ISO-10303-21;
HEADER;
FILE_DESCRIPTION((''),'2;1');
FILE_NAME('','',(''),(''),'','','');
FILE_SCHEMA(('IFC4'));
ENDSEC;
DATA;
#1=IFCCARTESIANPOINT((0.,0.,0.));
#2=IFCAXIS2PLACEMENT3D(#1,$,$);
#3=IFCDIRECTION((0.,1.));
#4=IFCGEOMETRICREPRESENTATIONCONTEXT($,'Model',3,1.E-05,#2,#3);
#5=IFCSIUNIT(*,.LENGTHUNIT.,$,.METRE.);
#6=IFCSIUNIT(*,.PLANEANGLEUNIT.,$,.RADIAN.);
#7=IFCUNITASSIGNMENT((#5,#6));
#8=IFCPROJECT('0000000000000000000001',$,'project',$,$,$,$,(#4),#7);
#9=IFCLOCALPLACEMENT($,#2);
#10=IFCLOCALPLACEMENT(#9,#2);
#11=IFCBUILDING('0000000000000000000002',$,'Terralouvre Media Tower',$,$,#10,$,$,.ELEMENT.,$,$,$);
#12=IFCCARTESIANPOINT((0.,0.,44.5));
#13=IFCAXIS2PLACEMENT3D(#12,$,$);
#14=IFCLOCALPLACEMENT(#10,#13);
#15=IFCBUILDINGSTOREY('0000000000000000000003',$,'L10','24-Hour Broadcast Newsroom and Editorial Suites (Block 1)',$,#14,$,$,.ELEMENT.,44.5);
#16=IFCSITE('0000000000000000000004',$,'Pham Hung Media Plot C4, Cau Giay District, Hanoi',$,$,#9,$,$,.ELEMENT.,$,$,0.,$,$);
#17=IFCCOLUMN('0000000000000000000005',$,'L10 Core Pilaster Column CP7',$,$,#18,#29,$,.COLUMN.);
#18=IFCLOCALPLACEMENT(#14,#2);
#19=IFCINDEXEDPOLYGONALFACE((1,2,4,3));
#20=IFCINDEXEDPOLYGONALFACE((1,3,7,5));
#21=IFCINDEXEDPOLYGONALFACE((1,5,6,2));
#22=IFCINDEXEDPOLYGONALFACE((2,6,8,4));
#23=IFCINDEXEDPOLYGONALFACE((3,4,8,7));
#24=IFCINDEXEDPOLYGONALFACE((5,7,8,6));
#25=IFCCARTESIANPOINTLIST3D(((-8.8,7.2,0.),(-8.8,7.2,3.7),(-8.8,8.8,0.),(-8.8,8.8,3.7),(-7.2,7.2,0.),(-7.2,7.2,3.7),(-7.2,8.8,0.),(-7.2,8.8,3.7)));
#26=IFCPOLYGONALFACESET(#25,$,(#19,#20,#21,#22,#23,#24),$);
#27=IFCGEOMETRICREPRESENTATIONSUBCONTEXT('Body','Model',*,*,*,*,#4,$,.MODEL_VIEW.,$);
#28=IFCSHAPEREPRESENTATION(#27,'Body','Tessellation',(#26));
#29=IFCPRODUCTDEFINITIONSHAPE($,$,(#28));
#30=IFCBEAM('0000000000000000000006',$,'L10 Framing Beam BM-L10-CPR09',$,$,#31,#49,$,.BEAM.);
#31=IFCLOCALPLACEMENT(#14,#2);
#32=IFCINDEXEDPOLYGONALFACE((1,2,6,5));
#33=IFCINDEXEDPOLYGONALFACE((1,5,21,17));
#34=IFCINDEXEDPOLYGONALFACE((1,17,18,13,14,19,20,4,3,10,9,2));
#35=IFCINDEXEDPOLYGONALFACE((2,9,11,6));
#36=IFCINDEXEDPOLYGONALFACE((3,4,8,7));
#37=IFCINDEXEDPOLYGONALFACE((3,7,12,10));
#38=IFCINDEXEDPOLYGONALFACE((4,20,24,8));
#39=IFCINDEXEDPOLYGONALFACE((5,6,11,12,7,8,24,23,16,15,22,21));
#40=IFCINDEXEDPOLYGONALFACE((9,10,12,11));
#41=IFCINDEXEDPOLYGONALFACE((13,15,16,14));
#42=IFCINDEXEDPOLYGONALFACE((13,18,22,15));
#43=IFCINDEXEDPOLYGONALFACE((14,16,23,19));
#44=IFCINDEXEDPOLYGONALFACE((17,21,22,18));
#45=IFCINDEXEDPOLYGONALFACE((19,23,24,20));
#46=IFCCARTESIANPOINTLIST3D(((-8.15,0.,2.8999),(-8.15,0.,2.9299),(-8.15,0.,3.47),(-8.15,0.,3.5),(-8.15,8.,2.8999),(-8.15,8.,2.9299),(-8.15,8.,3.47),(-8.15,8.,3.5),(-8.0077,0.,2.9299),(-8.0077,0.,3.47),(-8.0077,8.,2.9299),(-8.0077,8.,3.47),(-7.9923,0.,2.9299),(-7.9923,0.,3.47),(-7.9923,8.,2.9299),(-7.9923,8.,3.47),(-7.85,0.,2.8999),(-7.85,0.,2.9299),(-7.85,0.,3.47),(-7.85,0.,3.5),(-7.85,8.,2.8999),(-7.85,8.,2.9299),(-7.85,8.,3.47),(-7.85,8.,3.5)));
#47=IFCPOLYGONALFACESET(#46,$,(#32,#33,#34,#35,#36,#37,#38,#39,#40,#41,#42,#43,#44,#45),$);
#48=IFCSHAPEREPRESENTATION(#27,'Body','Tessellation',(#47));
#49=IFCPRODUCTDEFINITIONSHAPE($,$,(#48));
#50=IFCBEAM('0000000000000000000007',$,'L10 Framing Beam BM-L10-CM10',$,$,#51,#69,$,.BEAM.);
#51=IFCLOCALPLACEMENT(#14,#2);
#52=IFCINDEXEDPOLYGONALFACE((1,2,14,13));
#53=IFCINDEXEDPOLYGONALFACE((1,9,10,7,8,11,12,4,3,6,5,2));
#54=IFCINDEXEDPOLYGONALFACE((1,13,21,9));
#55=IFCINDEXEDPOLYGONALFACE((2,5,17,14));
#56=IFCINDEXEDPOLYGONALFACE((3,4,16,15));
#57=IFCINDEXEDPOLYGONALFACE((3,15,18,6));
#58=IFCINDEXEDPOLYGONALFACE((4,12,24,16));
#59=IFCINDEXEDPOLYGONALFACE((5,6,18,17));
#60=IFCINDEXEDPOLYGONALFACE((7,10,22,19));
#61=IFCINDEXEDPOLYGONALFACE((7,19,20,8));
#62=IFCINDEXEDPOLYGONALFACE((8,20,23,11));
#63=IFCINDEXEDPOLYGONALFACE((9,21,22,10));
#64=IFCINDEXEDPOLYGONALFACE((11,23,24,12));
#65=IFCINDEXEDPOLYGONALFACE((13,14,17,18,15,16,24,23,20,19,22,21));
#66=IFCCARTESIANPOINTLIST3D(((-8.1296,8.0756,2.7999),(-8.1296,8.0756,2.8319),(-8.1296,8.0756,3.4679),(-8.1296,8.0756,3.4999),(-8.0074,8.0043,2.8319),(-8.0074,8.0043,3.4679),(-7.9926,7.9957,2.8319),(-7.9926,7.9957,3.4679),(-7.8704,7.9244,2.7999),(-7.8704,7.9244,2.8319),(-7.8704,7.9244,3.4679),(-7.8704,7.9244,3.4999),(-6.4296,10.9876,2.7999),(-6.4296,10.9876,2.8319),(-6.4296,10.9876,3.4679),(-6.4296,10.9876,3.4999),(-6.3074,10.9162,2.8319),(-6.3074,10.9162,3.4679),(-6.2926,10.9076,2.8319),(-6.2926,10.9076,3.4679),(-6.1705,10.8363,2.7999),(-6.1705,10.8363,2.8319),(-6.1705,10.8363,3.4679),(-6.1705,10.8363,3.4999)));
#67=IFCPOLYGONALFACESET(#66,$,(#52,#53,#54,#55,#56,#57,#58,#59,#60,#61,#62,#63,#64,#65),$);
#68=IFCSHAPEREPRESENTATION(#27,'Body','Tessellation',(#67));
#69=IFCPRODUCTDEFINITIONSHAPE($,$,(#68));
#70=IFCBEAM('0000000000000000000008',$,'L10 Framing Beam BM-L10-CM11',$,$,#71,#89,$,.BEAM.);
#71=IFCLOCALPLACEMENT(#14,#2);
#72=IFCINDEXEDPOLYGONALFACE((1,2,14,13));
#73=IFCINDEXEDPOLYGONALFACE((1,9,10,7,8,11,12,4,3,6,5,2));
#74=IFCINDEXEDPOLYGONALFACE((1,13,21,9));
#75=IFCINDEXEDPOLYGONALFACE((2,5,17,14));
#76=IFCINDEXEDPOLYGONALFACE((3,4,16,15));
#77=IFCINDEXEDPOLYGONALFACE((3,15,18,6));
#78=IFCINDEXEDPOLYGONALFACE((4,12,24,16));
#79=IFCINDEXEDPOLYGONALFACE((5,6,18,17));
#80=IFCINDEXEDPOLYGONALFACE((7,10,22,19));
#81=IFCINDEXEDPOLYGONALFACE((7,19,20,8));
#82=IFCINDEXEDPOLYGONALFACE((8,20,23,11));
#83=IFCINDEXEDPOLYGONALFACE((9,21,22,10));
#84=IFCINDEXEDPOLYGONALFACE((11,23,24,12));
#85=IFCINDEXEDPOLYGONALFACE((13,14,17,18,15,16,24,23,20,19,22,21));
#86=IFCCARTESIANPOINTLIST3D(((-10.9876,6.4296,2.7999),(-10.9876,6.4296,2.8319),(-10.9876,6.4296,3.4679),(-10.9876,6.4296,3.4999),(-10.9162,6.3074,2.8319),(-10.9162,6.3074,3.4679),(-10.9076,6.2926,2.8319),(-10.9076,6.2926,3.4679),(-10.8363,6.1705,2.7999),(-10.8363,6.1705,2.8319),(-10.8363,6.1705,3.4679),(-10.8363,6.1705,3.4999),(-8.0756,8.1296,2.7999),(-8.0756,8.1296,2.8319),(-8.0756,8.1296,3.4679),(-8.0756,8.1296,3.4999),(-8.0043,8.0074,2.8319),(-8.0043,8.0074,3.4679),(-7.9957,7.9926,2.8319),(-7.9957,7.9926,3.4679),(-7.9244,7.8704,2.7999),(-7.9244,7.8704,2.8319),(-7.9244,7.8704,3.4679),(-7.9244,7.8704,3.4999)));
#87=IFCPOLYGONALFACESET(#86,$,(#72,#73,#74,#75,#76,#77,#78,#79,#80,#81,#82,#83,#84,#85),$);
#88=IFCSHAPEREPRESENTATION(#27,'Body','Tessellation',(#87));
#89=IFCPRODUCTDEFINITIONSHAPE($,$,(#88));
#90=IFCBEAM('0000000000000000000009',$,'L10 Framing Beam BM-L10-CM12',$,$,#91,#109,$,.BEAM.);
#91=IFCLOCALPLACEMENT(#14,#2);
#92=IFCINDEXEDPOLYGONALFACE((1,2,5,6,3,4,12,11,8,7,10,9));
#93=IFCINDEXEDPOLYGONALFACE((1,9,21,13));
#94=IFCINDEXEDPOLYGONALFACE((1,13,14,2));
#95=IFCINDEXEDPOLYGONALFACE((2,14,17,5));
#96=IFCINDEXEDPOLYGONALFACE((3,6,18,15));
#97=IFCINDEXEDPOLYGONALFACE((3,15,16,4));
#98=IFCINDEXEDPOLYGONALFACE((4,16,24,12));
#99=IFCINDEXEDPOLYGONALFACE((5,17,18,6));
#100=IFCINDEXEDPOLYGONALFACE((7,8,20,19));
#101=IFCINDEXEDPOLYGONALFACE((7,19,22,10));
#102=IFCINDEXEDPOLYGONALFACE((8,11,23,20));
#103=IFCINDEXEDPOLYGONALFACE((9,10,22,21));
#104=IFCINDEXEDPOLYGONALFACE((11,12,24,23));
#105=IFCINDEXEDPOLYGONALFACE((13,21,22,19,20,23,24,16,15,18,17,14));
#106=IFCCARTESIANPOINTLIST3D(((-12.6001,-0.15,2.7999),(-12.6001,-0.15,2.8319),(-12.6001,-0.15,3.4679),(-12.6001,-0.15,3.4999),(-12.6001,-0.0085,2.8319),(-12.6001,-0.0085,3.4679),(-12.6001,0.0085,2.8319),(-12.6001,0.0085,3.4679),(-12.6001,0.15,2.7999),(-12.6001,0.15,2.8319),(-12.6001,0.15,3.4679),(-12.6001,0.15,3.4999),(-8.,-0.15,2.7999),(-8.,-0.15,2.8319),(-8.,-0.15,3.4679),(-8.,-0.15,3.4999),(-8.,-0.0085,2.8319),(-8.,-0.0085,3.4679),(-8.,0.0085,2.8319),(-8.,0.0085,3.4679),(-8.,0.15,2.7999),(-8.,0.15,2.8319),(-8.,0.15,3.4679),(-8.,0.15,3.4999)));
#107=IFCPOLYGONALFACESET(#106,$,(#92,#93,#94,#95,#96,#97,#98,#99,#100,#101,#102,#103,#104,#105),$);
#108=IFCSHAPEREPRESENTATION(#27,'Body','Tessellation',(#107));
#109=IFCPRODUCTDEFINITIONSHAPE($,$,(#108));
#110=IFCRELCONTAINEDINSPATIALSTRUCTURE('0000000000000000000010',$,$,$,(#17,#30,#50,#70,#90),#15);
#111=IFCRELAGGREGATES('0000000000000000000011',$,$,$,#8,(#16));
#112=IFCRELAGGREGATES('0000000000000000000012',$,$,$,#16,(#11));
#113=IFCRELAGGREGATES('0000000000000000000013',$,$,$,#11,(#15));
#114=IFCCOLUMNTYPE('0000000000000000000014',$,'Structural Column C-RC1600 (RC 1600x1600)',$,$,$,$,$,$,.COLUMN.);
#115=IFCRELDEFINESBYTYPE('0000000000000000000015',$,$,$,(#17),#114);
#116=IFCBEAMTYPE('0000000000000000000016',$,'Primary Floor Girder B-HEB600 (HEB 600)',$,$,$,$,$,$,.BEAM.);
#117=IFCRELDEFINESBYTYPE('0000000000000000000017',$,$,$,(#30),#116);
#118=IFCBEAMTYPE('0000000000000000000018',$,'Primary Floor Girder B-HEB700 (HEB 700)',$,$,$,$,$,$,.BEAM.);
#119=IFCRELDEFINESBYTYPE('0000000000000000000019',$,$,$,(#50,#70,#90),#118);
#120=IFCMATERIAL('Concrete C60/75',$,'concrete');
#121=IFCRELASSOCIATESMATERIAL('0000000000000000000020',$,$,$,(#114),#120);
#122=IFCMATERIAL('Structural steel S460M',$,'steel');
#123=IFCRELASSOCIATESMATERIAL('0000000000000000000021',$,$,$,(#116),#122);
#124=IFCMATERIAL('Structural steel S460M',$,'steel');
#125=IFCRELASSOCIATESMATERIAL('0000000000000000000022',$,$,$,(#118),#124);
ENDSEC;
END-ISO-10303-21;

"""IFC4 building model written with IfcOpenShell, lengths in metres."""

from ifc_helpers import new_model, si_unit, direction, frame, origin, origin_2d, place, context, subcontext, project, spatial, rectangle, i_section, extrude, material, material_profile, profile_set, type_object, element, save


model = new_model("IFC4")

# Units and contexts
model_context = context("Model", 3, precision=1e-05, world=origin(), true_north=direction((0.0, 1.0)))
body_context = subcontext(model_context, "Body", "Model", "MODEL_VIEW")
ifc_project = project(units=[si_unit("LENGTHUNIT", "METRE"), si_unit("PLANEANGLEUNIT", "RADIAN")], contexts=[model_context])

# Site, building, storey
site_placement = place(None, origin())
site = spatial("IfcSite", under=ifc_project, at=site_placement, Name="Pham Hung Media Plot C4, Cau Giay District, Hanoi", CompositionType="ELEMENT", RefElevation=0.0)
building_placement = place(site_placement, origin())
building = spatial("IfcBuilding", under=site, at=building_placement, Name="Terralouvre Media Tower", CompositionType="ELEMENT")
storey_placement = place(building_placement, frame((0.0, 0.0, 44.5)))
storey = spatial("IfcBuildingStorey", under=building, at=storey_placement, Name="L10", Description="24-Hour Broadcast Newsroom and Editorial Suites (Block 1)", CompositionType="ELEMENT", Elevation=44.5)

# Column
ifc_material_1 = material(Name="Concrete C60/75", Category="concrete")
ifc_material_profile_1 = material_profile(ifc_material_1, rectangle(XDim=1.6001, YDim=1.6001, at=origin_2d()), Name="RC 1600x1600")
ifc_profile_set_1 = profile_set([ifc_material_profile_1], Name="Concrete C60/75")
column_type = type_object("IfcColumnType", Name="Structural Column C-RC1600 (RC 1600x1600)", PredefinedType="COLUMN", material=ifc_profile_set_1)
column_placement = place(storey_placement, frame((-8.0, 8.0, 0.0), z_axis=(0.0, 0.0, 1.0), x_axis=(1.0, 0.0, 0.0)))
element("IfcColumn", 1, at=column_placement, inside=storey, type_object=column_type, Name="L10 Core Pilaster Column CP7", PredefinedType="COLUMN", context=body_context, shape_type="SweptSolid", body=[
    extrude(rectangle(XDim=1.6001, YDim=1.6001, at=origin_2d()), origin(), (0.0, 0.0, 1.0), 3.7),
])

# Beams
ifc_material_2 = material(Name="Structural steel S460M", Category="steel")
ifc_material_profile_2 = material_profile(ifc_material_2, i_section(OverallWidth=0.3, OverallDepth=0.6001, WebThickness=0.0154, FlangeThickness=0.03, at=origin_2d()), Name="HEB 600")
ifc_profile_set_2 = profile_set([ifc_material_profile_2], Name="Structural steel S460M")
beam_type_1 = type_object("IfcBeamType", Name="Primary Floor Girder B-HEB600 (HEB 600)", PredefinedType="BEAM", material=ifc_profile_set_2)
beam_1_placement = place(storey_placement, frame((-8.0, 8.0, 3.2), z_axis=(0.0, -1.0, 0.0), x_axis=(1.0, 0.0, 0.0)))
element("IfcBeam", 2, at=beam_1_placement, inside=storey, type_object=beam_type_1, Name="L10 Framing Beam BM-L10-CPR09", PredefinedType="BEAM", context=body_context, shape_type="SweptSolid", body=[
    extrude(i_section(OverallWidth=0.3, OverallDepth=0.6001, WebThickness=0.0154, FlangeThickness=0.03, at=origin_2d()), origin(), (0.0, 0.0, 1.0), 8.0),
])
ifc_material_3 = material(Name="Structural steel S460M", Category="steel")
ifc_material_profile_3 = material_profile(ifc_material_3, i_section(OverallWidth=0.3, OverallDepth=0.7, WebThickness=0.0171, FlangeThickness=0.032, at=origin_2d()), Name="HEB 700")
ifc_profile_set_3 = profile_set([ifc_material_profile_3], Name="Structural steel S460M")
beam_type_2 = type_object("IfcBeamType", Name="Primary Floor Girder B-HEB700 (HEB 700)", PredefinedType="BEAM", material=ifc_profile_set_3)
for number, where, z_axis, x_axis, name in (
    (3, (-8.0, 8.0, 3.1499), (0.504173, 0.863603, 0.0), (-0.863603, 0.504173, 0.0), "L10 Framing Beam BM-L10-CM10"),
    (4, (-8.0, 8.0, 3.1499), (-0.863603, -0.504173, 0.0), (0.504173, -0.863603, 0.0), "L10 Framing Beam BM-L10-CM11"),
):
    element("IfcBeam", number, at=place(storey_placement, frame(where, z_axis=z_axis, x_axis=x_axis)), inside=storey, type_object=beam_type_2, Name=name, PredefinedType="BEAM", context=body_context, shape_type="SweptSolid", body=[
        extrude(i_section(OverallWidth=0.3, OverallDepth=0.7, WebThickness=0.0171, FlangeThickness=0.032, at=origin_2d()), origin(), (0.0, 0.0, 1.0), 3.3718),
    ])
beam_2_placement = place(storey_placement, frame((-8.0, 0.0, 3.1499), z_axis=(-1.0, 0.0, 0.0), x_axis=(0.0, -1.0, 0.0)))
element("IfcBeam", 5, at=beam_2_placement, inside=storey, type_object=beam_type_2, Name="L10 Framing Beam BM-L10-CM12", PredefinedType="BEAM", context=body_context, shape_type="SweptSolid", body=[
    extrude(i_section(OverallWidth=0.3, OverallDepth=0.7, WebThickness=0.0171, FlangeThickness=0.032, at=origin_2d()), origin(), (0.0, 0.0, 1.0), 4.6001),
])

save(model, "model.ifc")
